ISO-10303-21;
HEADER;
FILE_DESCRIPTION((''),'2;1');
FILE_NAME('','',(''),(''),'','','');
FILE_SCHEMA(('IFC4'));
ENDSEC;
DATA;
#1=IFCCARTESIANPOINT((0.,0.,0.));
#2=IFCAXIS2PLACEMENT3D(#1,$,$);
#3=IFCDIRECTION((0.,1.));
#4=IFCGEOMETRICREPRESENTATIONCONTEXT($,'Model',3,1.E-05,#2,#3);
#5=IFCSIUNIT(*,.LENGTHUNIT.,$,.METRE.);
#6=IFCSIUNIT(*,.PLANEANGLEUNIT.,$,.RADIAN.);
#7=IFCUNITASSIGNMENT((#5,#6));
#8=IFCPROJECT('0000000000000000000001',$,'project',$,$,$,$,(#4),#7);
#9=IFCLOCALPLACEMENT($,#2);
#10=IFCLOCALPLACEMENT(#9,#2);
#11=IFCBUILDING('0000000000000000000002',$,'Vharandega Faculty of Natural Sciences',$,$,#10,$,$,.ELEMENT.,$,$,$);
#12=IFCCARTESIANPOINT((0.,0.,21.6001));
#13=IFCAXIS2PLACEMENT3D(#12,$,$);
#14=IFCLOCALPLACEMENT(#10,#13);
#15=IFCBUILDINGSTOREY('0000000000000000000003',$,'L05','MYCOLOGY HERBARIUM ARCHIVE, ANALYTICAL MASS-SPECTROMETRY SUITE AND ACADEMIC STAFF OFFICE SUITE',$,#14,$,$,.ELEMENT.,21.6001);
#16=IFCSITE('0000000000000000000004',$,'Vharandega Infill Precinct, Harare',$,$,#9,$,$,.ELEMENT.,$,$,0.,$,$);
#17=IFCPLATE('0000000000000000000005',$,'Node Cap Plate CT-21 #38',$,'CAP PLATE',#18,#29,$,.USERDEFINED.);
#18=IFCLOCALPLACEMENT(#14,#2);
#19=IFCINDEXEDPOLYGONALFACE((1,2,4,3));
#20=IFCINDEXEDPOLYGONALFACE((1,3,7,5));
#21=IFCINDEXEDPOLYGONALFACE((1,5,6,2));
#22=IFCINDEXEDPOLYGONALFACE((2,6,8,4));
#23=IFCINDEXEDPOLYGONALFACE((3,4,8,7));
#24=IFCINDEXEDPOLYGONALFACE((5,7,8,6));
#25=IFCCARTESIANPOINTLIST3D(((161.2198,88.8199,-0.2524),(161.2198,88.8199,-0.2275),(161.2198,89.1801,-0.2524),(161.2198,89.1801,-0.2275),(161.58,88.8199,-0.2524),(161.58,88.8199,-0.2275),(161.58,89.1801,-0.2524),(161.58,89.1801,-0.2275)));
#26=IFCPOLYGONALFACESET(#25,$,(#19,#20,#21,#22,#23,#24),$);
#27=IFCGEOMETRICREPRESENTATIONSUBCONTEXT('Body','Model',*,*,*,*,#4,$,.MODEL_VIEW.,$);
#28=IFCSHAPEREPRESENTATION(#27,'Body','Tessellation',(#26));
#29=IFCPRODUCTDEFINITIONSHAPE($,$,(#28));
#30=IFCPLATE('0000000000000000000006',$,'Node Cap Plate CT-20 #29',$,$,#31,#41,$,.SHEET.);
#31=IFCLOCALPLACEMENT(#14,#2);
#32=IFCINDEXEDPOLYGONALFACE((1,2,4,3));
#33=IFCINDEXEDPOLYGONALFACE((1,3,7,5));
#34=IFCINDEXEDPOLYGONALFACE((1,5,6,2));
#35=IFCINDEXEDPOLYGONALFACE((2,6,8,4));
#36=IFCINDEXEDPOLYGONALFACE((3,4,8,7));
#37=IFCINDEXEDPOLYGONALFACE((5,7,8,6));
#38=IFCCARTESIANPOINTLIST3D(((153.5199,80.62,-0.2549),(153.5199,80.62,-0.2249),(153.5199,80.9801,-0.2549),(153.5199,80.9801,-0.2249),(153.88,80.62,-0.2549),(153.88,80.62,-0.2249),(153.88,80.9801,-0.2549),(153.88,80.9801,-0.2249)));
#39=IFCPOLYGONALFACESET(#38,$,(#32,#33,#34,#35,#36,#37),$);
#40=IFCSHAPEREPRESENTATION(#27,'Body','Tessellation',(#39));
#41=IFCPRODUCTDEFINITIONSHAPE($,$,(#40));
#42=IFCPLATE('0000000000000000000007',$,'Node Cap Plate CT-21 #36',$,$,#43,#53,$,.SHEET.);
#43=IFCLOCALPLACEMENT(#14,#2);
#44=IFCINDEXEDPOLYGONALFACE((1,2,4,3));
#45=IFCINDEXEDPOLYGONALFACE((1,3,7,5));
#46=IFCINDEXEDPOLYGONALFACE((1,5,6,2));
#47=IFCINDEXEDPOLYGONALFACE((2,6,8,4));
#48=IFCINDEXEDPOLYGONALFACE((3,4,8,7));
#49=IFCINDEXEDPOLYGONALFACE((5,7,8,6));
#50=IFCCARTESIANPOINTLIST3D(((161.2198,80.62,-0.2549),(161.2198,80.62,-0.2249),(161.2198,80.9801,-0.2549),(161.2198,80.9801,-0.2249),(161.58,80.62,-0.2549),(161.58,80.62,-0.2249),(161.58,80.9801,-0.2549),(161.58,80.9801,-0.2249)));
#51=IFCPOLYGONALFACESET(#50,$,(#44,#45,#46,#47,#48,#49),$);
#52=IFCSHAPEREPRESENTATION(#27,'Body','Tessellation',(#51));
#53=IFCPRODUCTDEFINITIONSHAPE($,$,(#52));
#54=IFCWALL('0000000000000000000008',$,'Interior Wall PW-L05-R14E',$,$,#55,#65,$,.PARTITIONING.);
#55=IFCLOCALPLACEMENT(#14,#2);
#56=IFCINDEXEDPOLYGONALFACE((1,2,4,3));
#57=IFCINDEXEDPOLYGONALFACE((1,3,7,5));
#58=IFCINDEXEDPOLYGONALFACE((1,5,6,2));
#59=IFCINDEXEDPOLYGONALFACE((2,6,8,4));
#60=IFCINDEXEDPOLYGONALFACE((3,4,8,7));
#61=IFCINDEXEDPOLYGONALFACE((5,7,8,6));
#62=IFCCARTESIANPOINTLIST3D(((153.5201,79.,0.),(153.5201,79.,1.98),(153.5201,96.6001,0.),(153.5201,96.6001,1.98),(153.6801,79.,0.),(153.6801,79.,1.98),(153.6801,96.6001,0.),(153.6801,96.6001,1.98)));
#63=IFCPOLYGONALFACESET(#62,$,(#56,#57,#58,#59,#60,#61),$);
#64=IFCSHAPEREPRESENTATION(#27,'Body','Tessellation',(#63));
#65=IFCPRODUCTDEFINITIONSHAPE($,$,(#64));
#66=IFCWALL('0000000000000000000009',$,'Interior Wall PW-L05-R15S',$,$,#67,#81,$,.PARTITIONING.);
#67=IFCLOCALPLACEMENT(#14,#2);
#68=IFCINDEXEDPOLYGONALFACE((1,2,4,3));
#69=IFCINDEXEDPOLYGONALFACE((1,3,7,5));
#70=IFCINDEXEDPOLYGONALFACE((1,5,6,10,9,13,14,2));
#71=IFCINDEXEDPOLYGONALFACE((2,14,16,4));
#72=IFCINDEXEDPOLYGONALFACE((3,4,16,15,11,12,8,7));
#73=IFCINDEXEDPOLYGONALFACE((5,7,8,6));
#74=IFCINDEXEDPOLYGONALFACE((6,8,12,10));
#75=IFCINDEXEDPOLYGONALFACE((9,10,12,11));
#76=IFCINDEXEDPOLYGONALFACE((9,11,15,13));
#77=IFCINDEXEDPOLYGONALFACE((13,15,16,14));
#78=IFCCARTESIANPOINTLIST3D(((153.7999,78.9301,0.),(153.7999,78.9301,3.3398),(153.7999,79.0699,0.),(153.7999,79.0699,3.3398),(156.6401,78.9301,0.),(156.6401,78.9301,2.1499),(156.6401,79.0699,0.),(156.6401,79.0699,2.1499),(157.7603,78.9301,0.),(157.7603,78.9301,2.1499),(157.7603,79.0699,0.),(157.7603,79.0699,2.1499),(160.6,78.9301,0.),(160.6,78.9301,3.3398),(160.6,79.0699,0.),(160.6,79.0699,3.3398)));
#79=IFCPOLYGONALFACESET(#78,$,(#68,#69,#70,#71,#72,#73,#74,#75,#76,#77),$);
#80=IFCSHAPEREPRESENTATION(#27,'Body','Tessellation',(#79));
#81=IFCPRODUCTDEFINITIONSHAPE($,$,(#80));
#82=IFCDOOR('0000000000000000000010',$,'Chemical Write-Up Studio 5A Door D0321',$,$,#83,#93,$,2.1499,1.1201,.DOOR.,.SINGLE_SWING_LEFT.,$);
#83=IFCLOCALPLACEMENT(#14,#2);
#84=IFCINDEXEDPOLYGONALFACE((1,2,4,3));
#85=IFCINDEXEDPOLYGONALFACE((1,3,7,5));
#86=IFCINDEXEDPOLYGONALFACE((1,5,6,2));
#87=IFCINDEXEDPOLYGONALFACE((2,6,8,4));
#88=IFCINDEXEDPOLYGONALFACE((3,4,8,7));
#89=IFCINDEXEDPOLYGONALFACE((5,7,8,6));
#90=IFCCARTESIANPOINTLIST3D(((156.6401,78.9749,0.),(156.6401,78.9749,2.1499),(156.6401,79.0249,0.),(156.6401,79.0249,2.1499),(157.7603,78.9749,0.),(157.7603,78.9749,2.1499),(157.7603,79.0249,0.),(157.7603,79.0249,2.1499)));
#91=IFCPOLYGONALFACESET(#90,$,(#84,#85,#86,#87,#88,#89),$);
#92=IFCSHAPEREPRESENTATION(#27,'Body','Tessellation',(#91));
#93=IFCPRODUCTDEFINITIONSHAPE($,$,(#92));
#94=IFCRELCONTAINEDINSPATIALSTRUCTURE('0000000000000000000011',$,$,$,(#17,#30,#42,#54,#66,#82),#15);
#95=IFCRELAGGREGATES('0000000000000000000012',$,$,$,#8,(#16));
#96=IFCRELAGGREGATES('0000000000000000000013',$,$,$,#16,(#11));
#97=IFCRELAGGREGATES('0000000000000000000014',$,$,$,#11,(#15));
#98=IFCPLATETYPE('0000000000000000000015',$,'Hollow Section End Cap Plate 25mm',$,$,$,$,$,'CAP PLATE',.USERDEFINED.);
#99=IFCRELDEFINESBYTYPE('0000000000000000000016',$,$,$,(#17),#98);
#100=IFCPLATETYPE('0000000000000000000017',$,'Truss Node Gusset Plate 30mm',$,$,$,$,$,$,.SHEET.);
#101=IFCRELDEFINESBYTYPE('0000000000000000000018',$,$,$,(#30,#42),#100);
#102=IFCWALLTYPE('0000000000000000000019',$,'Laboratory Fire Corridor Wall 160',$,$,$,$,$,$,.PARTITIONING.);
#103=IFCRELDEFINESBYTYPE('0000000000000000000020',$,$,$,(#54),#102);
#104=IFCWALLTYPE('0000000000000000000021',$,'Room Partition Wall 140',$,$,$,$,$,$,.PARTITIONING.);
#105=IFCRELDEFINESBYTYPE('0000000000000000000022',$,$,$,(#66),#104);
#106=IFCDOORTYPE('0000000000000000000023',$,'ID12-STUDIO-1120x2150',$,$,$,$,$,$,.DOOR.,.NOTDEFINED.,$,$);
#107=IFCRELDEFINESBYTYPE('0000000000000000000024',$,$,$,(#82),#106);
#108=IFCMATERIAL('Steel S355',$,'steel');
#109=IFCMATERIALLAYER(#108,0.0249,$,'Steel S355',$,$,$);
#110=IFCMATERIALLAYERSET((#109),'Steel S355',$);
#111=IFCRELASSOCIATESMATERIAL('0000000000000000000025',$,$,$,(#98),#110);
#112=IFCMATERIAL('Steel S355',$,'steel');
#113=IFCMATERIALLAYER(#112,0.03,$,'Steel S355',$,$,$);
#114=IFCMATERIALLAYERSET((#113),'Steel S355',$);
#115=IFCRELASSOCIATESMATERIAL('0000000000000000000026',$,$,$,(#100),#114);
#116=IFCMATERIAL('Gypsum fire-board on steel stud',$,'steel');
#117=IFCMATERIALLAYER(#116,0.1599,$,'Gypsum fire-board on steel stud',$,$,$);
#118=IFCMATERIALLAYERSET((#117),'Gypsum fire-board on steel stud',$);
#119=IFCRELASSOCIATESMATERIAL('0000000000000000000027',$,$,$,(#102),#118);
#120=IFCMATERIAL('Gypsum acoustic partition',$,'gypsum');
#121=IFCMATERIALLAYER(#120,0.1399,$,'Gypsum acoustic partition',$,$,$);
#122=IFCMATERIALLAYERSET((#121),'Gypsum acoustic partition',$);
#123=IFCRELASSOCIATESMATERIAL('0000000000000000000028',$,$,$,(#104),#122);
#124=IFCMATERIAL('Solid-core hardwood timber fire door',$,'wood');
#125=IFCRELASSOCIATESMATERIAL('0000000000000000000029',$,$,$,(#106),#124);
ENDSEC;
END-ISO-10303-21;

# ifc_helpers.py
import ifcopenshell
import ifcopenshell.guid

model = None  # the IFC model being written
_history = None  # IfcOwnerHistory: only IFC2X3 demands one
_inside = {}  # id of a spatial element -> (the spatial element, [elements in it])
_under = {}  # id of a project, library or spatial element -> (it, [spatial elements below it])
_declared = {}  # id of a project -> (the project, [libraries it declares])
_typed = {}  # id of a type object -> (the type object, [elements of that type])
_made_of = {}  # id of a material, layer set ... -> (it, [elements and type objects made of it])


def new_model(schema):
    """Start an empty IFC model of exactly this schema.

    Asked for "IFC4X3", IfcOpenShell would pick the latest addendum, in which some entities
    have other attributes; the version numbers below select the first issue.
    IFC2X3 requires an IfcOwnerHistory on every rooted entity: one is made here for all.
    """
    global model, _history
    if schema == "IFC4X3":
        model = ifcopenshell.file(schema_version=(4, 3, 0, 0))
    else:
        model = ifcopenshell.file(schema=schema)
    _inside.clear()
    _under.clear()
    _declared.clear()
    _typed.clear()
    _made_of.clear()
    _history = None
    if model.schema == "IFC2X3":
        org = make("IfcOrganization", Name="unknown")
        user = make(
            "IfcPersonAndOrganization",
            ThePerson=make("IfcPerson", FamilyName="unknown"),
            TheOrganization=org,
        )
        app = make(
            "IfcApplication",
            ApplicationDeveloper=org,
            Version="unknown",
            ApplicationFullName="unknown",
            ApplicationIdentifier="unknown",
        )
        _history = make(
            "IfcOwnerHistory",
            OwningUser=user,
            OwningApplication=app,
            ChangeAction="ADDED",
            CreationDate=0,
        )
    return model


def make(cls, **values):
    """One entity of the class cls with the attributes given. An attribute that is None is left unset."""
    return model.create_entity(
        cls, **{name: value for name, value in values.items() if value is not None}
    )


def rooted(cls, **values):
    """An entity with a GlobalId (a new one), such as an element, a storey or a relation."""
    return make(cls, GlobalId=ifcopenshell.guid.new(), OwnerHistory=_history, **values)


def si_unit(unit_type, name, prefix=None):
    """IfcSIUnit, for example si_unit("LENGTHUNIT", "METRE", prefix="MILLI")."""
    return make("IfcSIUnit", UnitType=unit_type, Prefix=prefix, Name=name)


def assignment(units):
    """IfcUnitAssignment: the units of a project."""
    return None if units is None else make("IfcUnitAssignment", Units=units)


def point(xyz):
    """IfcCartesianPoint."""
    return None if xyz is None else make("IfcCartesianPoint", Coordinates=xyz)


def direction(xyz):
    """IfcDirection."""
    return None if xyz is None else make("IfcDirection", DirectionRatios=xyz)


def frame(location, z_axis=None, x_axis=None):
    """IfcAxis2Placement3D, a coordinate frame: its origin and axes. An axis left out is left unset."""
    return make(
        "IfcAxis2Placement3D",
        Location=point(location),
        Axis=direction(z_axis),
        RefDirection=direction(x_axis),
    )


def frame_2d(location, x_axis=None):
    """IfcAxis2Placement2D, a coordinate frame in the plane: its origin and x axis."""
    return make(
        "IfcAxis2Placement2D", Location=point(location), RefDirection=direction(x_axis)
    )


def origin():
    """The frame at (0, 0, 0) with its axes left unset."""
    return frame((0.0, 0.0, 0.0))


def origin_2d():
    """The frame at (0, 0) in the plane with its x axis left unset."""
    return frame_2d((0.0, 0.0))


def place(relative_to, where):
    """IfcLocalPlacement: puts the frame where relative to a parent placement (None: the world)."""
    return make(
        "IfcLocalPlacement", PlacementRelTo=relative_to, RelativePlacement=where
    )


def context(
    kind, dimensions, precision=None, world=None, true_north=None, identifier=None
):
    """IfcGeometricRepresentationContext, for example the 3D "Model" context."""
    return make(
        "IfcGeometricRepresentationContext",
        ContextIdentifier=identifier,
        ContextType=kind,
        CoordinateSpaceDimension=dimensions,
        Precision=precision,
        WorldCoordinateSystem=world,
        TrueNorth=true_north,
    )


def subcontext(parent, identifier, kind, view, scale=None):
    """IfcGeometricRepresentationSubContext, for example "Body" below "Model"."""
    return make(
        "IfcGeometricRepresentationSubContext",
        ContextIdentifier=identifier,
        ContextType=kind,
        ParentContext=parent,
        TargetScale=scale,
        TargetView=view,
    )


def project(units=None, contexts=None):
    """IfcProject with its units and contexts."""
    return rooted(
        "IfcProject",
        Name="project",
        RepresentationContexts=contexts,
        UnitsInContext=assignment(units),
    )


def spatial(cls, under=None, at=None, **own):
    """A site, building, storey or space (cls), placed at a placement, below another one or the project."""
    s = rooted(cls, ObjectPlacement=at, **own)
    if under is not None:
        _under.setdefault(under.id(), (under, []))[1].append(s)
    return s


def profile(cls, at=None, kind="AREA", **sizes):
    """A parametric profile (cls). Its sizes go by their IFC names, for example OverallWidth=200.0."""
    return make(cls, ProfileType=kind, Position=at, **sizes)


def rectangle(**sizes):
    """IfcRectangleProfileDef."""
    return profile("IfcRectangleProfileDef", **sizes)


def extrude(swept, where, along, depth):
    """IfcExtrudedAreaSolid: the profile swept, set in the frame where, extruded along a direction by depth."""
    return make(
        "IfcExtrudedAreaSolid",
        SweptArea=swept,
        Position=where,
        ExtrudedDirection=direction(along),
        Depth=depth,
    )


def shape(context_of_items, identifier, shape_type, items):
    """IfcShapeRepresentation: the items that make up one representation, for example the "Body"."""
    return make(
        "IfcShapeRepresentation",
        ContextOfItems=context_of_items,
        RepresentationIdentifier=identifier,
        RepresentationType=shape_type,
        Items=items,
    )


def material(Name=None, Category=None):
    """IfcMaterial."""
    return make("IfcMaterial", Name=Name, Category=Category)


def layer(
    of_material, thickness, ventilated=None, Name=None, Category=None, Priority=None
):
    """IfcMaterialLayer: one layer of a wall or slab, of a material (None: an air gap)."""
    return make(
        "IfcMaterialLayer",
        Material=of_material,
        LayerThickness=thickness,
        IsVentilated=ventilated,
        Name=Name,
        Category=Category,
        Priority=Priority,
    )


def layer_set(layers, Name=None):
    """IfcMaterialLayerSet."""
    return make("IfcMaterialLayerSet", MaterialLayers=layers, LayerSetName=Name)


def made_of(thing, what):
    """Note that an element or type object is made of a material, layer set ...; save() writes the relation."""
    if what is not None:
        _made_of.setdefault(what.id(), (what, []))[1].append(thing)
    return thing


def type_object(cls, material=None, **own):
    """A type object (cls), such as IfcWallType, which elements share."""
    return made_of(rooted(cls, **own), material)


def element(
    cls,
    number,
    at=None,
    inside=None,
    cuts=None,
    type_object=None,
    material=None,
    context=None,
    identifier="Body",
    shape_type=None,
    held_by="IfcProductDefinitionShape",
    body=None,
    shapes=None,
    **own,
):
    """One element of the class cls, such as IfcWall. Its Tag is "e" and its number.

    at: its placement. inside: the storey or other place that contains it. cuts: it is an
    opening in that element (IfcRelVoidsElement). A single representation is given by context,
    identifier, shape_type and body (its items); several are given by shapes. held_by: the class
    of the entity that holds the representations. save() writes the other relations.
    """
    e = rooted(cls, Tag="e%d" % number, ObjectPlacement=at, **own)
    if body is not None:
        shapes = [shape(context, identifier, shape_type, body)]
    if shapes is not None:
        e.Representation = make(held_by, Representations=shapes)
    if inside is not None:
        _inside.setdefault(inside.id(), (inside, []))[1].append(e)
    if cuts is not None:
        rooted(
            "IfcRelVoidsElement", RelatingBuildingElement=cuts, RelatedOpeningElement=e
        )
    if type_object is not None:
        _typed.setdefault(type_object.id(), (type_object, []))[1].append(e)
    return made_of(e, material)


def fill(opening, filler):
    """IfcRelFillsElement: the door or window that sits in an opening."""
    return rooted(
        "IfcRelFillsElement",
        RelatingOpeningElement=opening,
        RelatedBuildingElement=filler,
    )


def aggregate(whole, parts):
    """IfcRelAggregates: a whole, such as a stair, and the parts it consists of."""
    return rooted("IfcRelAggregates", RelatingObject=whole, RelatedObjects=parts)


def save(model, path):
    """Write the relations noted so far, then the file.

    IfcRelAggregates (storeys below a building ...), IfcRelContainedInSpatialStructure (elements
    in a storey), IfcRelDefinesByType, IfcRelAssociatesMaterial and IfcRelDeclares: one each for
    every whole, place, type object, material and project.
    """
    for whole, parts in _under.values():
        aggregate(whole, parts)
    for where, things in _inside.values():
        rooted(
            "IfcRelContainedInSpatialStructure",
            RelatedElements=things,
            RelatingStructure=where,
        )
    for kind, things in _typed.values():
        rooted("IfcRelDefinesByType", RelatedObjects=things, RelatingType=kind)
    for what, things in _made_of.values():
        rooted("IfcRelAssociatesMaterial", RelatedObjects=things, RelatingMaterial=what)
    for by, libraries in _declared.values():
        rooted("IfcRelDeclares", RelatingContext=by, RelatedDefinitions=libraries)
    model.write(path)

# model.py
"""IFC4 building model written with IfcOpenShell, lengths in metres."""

from ifc_helpers import new_model, si_unit, direction, frame, frame_2d, origin, origin_2d, place, context, subcontext, project, spatial, rectangle, extrude, material, layer, layer_set, type_object, element, fill, save


model = new_model("IFC4")

# Units and contexts
model_context = context("Model", 3, precision=1e-05, world=origin(), true_north=direction((0.0, 1.0)))
body_context = subcontext(model_context, "Body", "Model", "MODEL_VIEW")
ifc_project = project(units=[si_unit("LENGTHUNIT", "METRE"), si_unit("PLANEANGLEUNIT", "RADIAN")], contexts=[model_context])

# Site, building, storey
site_placement = place(None, origin())
site = spatial("IfcSite", under=ifc_project, at=site_placement, Name="Vharandega Infill Precinct, Harare", CompositionType="ELEMENT", RefElevation=0.0)
building_placement = place(site_placement, origin())
building = spatial("IfcBuilding", under=site, at=building_placement, Name="Vharandega Faculty of Natural Sciences", CompositionType="ELEMENT")
storey_placement = place(building_placement, frame((0.0, 0.0, 21.6001)))
storey = spatial("IfcBuildingStorey", under=building, at=storey_placement, Name="L05", Description="MYCOLOGY HERBARIUM ARCHIVE, ANALYTICAL MASS-SPECTROMETRY SUITE AND ACADEMIC STAFF OFFICE SUITE", CompositionType="ELEMENT", Elevation=21.6001)

# Plates
ifc_material_1 = material(Name="Steel S355", Category="steel")
ifc_layer_1 = layer(ifc_material_1, 0.0249, Name="Steel S355")
ifc_layer_set_1 = layer_set([ifc_layer_1], Name="Steel S355")
plate_type_1 = type_object("IfcPlateType", Name="Hollow Section End Cap Plate 25mm", ElementType="CAP PLATE", PredefinedType="USERDEFINED", material=ifc_layer_set_1)
for number, where, z_axis, x_axis, name in (
    (1, (161.3999, 89.0, -0.2524), (0.0, 0.0, 1.0), (1.0, 0.0, 0.0), "Node Cap Plate CT-21 #38"),
):
    element("IfcPlate", number, at=place(storey_placement, frame(where, z_axis=z_axis, x_axis=x_axis)), inside=storey, type_object=plate_type_1, Name=name, ObjectType="CAP PLATE", PredefinedType="USERDEFINED", context=body_context, shape_type="SweptSolid", body=[
        extrude(rectangle(XDim=0.3601, YDim=0.3601, at=origin_2d()), origin(), (0.0, 0.0, 1.0), 0.0249),
    ])
ifc_material_2 = material(Name="Steel S355", Category="steel")
ifc_layer_2 = layer(ifc_material_2, 0.03, Name="Steel S355")
ifc_layer_set_2 = layer_set([ifc_layer_2], Name="Steel S355")
plate_type_2 = type_object("IfcPlateType", Name="Truss Node Gusset Plate 30mm", PredefinedType="SHEET", material=ifc_layer_set_2)
for number, where, z_axis, x_axis, name in (
    (2, (153.7, 80.8, -0.2549), (0.0, 0.0, 1.0), (1.0, 0.0, 0.0), "Node Cap Plate CT-20 #29"),
    (3, (161.3999, 80.8, -0.2549), (0.0, 0.0, 1.0), (1.0, 0.0, 0.0), "Node Cap Plate CT-21 #36"),
):
    element("IfcPlate", number, at=place(storey_placement, frame(where, z_axis=z_axis, x_axis=x_axis)), inside=storey, type_object=plate_type_2, Name=name, PredefinedType="SHEET", context=body_context, shape_type="SweptSolid", body=[
        extrude(rectangle(XDim=0.3601, YDim=0.3601, at=origin_2d()), origin(), (0.0, 0.0, 1.0), 0.03),
    ])

# Wall
ifc_material_3 = material(Name="Gypsum fire-board on steel stud", Category="steel")
ifc_layer_3 = layer(ifc_material_3, 0.1599, Name="Gypsum fire-board on steel stud")
ifc_layer_set_3 = layer_set([ifc_layer_3], Name="Gypsum fire-board on steel stud")
wall_type_1 = type_object("IfcWallType", Name="Laboratory Fire Corridor Wall 160", PredefinedType="PARTITIONING", material=ifc_layer_set_3)
wall_1_placement = place(storey_placement, frame((153.6001, 79.0, 0.0), z_axis=(0.0, 0.0, 1.0), x_axis=(0.0, 1.0, 0.0)))
element("IfcWall", 4, at=wall_1_placement, inside=storey, type_object=wall_type_1, Name="Interior Wall PW-L05-R14E", PredefinedType="PARTITIONING", context=body_context, shape_type="SweptSolid", body=[
    extrude(rectangle(XDim=17.6001, YDim=0.1599, at=frame_2d((8.8, 0.0))), origin(), (0.0, 0.0, 1.0), 1.98),
])

# Wall, opening, door
ifc_material_4 = material(Name="Gypsum acoustic partition", Category="gypsum")
ifc_layer_4 = layer(ifc_material_4, 0.1399, Name="Gypsum acoustic partition")
ifc_layer_set_4 = layer_set([ifc_layer_4], Name="Gypsum acoustic partition")
wall_type_2 = type_object("IfcWallType", Name="Room Partition Wall 140", PredefinedType="PARTITIONING", material=ifc_layer_set_4)
wall_2_placement = place(storey_placement, frame((153.8, 79.0, 0.0), z_axis=(0.0, 0.0, 1.0), x_axis=(1.0, 0.0, 0.0)))
wall_2 = element("IfcWall", 5, at=wall_2_placement, inside=storey, type_object=wall_type_2, Name="Interior Wall PW-L05-R15S", PredefinedType="PARTITIONING", context=body_context, shape_type="SweptSolid", body=[
    extrude(rectangle(XDim=6.8, YDim=0.1399, at=frame_2d((3.3999, 0.0))), origin(), (0.0, 0.0, 1.0), 3.3398),
])
opening_placement = place(wall_2_placement, frame((2.8401, 0.0, 0.0)))
opening = element("IfcOpeningElement", 6, at=opening_placement, cuts=wall_2, PredefinedType="OPENING", context=body_context, shape_type="SweptSolid", body=[
    extrude(rectangle(XDim=1.1201, YDim=2.1499, at=frame_2d((0.5601, 1.075))), frame((0.0, 0.0801, 0.0), z_axis=(0.0, -1.0, 0.0), x_axis=(1.0, 0.0, 0.0)), (0.0, 0.0, 1.0), 0.1599),
])
ifc_material_5 = material(Name="Solid-core hardwood timber fire door", Category="wood")
door_type = type_object("IfcDoorType", Name="ID12-STUDIO-1120x2150", OperationType="NOTDEFINED", PredefinedType="DOOR", material=ifc_material_5)
door_placement = place(opening_placement, origin())
door = element("IfcDoor", 7, at=door_placement, inside=storey, type_object=door_type, Name="Chemical Write-Up Studio 5A Door D0321", OperationType="SINGLE_SWING_LEFT", OverallHeight=2.1499, OverallWidth=1.1201, PredefinedType="DOOR", context=body_context, shape_type="SweptSolid", body=[
    extrude(rectangle(XDim=1.1201, YDim=2.1499, at=frame_2d((0.5601, 1.075))), frame((0.0, 0.0249, 0.0), z_axis=(0.0, -1.0, 0.0), x_axis=(1.0, 0.0, 0.0)), (0.0, 0.0, 1.0), 0.05),
])
fill(opening, door)

save(model, "model.ifc")
